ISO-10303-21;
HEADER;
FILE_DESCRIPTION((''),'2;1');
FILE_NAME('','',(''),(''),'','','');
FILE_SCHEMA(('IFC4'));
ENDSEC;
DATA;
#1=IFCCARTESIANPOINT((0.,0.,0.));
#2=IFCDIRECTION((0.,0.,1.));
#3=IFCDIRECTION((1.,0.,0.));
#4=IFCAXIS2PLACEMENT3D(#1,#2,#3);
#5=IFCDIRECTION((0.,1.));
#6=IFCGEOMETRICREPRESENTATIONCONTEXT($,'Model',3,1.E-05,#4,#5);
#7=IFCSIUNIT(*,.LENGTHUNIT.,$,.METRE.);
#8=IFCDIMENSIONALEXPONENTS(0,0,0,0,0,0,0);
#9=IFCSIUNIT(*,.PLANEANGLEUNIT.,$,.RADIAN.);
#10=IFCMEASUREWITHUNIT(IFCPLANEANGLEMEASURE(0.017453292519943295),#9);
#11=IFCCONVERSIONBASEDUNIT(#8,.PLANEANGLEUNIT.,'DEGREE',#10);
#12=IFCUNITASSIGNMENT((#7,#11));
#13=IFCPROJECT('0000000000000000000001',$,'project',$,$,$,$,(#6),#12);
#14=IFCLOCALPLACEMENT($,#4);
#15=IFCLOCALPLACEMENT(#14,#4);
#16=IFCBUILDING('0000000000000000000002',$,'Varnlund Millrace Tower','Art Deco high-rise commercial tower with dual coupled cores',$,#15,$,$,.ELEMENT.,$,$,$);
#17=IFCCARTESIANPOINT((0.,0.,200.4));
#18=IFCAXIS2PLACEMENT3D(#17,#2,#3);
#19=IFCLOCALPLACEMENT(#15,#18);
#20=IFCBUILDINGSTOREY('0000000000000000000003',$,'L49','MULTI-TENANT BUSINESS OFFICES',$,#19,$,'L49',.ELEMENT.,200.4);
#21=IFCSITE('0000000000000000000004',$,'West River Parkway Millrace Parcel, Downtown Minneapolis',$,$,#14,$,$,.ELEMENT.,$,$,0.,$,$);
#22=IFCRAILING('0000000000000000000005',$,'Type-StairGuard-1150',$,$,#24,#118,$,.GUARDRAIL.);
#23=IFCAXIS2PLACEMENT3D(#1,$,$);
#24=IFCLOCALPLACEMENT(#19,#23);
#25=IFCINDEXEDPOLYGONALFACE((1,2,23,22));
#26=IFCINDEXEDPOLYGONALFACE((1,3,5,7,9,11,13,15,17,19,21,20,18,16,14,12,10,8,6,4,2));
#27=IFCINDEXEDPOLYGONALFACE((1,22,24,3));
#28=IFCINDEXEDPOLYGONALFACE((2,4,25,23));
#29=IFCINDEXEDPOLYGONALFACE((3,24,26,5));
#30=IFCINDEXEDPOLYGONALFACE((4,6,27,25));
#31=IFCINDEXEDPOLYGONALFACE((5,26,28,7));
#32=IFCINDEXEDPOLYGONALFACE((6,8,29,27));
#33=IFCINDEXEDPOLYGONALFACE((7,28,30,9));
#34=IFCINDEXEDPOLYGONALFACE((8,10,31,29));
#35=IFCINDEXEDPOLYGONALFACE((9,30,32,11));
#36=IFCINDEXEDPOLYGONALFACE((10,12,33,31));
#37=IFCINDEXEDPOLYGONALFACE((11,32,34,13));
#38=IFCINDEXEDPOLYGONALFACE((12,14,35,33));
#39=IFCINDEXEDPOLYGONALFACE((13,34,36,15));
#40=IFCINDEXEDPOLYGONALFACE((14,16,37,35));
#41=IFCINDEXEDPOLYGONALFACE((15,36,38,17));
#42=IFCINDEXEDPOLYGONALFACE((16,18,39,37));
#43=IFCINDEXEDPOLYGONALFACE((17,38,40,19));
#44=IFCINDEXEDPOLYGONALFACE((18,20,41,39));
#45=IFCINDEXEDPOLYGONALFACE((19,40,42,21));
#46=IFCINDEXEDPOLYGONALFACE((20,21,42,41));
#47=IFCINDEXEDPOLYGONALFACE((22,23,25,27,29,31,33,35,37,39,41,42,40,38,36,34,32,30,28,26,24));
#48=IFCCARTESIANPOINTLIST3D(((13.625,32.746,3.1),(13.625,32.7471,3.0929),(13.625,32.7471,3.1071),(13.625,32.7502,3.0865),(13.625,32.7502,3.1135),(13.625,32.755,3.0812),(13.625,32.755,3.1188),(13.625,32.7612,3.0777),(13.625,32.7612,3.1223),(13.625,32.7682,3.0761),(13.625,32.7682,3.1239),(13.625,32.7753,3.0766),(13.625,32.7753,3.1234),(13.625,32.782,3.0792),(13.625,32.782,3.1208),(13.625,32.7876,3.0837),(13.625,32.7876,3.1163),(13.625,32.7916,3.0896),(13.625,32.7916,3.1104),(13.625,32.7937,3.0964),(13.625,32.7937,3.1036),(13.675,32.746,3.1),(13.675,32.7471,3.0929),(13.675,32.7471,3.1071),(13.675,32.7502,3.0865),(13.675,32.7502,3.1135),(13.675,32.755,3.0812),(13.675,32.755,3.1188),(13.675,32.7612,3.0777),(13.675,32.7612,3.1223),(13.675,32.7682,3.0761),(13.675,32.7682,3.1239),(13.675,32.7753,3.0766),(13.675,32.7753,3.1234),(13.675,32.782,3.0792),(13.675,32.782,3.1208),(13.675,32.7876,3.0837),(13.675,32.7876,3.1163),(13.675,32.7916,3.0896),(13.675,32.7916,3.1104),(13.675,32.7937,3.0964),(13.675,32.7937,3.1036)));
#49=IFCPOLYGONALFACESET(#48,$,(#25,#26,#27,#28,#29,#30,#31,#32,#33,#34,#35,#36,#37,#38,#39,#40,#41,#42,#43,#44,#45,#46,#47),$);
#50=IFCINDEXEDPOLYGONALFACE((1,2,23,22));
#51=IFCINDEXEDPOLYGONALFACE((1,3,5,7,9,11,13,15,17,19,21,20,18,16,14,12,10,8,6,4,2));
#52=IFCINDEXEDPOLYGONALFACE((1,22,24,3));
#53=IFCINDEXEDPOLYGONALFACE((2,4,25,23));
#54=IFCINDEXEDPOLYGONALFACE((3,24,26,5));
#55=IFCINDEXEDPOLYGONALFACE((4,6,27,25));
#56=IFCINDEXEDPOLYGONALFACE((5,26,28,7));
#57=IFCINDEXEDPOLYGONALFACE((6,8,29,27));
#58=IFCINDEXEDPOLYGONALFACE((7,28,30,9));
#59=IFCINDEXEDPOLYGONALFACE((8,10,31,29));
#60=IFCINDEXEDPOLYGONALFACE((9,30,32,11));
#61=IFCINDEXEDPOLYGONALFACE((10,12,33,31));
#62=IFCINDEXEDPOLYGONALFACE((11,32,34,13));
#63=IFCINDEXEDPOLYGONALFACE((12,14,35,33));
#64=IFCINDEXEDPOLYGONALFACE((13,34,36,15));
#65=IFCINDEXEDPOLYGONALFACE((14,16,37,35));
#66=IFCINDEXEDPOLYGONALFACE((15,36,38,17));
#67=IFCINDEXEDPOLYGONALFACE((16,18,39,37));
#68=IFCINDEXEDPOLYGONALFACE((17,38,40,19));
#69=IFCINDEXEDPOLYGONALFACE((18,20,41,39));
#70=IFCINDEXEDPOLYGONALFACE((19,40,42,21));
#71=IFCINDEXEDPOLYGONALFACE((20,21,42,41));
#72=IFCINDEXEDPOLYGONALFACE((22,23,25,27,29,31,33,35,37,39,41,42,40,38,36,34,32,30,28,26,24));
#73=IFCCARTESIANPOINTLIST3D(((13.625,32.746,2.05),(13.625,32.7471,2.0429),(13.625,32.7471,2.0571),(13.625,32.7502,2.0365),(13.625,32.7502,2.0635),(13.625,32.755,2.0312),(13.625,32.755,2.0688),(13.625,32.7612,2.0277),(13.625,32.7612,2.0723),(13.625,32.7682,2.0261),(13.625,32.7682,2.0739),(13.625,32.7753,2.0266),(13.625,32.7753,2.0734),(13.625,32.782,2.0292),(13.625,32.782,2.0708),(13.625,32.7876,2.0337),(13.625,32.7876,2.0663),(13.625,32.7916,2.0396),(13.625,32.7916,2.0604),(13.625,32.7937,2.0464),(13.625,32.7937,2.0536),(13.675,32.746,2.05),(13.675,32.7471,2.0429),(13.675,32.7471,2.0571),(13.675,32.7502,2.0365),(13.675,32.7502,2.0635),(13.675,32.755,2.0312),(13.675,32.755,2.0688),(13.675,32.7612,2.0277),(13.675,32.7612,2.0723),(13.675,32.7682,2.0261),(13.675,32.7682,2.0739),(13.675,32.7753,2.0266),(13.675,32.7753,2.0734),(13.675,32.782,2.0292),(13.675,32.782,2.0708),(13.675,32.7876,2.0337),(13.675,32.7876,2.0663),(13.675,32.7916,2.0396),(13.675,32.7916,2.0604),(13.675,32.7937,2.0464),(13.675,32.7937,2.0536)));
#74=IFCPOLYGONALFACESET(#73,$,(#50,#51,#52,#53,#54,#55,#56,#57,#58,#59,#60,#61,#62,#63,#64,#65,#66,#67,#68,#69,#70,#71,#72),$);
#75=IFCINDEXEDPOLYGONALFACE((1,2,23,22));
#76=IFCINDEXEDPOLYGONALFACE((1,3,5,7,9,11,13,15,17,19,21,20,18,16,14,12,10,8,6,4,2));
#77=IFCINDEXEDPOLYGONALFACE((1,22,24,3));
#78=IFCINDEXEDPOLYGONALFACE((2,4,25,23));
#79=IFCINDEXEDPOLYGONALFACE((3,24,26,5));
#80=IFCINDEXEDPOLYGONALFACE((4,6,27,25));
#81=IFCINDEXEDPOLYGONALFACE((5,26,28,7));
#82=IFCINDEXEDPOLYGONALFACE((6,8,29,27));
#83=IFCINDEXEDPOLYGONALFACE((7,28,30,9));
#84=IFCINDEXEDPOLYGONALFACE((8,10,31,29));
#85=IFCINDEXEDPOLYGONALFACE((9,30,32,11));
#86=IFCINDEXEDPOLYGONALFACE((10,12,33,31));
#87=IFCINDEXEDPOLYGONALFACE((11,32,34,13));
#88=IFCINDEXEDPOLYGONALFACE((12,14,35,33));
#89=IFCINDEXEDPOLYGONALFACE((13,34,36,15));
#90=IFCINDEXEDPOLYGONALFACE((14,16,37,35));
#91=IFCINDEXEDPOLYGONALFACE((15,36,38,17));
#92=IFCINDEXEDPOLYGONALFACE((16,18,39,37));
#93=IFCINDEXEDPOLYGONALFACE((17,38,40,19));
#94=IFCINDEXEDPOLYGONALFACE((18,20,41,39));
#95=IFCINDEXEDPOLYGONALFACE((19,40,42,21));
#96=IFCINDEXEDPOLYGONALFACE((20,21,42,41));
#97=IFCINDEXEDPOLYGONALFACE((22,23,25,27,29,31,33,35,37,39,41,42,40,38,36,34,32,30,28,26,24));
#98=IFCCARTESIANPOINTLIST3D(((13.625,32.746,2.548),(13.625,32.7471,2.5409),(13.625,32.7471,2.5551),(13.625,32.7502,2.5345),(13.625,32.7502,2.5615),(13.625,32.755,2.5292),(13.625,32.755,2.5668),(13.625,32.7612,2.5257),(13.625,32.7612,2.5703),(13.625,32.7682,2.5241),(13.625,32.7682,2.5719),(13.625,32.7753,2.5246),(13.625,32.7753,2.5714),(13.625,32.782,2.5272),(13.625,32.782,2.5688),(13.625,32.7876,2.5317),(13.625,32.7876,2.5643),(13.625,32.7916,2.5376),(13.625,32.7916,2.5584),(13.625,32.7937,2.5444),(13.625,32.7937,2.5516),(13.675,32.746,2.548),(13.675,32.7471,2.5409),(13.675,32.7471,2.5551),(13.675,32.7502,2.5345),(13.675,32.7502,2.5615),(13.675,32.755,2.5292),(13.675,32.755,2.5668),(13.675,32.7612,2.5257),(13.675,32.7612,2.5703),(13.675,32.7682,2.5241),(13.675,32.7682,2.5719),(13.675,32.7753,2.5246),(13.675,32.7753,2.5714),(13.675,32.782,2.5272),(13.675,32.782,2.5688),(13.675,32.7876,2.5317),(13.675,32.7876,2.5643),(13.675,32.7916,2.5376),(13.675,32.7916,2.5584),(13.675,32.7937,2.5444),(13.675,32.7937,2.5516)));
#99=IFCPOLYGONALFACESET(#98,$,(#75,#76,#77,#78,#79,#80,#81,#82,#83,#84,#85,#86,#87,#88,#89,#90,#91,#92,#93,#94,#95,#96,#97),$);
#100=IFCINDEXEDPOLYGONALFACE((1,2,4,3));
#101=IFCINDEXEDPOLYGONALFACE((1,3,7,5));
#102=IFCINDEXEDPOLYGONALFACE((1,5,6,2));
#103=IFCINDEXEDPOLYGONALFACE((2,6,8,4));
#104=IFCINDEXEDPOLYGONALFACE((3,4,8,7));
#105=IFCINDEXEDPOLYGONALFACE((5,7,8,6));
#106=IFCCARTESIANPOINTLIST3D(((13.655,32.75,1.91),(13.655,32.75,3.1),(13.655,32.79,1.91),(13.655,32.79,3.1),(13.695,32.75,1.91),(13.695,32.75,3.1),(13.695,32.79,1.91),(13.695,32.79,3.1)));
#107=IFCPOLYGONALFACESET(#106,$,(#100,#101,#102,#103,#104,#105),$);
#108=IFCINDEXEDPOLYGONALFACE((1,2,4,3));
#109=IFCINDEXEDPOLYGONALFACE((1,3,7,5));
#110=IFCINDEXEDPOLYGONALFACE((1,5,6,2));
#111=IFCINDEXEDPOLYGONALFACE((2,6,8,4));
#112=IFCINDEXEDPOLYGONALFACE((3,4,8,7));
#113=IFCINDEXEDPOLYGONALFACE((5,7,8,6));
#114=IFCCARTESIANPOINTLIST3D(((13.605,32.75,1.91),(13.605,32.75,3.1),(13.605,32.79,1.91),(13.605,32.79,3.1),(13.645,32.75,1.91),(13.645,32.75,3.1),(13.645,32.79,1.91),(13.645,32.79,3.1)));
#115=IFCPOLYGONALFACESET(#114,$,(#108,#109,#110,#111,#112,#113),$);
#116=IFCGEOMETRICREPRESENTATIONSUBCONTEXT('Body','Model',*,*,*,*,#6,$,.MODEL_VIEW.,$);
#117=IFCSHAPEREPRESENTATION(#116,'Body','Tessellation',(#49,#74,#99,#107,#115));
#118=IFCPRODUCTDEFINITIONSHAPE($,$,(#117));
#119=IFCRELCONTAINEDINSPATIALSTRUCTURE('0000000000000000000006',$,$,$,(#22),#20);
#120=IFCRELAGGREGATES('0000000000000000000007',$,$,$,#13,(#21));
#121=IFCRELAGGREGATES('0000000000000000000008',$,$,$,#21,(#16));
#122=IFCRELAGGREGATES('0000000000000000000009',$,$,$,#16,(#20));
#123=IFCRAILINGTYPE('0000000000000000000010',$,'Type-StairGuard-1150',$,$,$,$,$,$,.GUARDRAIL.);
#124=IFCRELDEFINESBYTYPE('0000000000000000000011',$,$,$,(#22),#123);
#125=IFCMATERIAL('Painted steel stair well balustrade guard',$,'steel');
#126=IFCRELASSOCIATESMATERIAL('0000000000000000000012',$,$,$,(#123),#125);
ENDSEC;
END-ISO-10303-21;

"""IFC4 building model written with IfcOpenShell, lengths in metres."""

from ifc_helpers import new_model, entity, si_unit, converted_unit, direction, frame, origin_with_axes, origin_2d_with_axis, place, context, subcontext, project, spatial, rectangle, circle, extrude, material, type_object, element, save


model = new_model("IFC4")

# Units and contexts
model_context = context("Model", 3, precision=1e-05, world=origin_with_axes(), true_north=direction((0.0, 1.0)))
body_context = subcontext(model_context, "Body", "Model", "MODEL_VIEW")
ifc_project = project(units=[si_unit("LENGTHUNIT", "METRE"), converted_unit("PLANEANGLEUNIT", "DEGREE", entity("IfcPlaneAngleMeasure", 0.017453292519943295), si_unit("PLANEANGLEUNIT", "RADIAN"), dimensions=[0, 0, 0, 0, 0, 0, 0])], contexts=[model_context])

# Site, building, storey
site_placement = place(None, origin_with_axes())
site = spatial("IfcSite", under=ifc_project, at=site_placement, Name="West River Parkway Millrace Parcel, Downtown Minneapolis", CompositionType="ELEMENT", RefElevation=0.0)
building_placement = place(site_placement, origin_with_axes())
building = spatial("IfcBuilding", under=site, at=building_placement, Name="Varnlund Millrace Tower", Description="Art Deco high-rise commercial tower with dual coupled cores", CompositionType="ELEMENT")
storey_placement = place(building_placement, frame((0.0, 0.0, 200.4), z_axis=(0.0, 0.0, 1.0), x_axis=(1.0, 0.0, 0.0)))
storey = spatial("IfcBuildingStorey", under=building, at=storey_placement, Name="L49", Description="MULTI-TENANT BUSINESS OFFICES", LongName="L49", CompositionType="ELEMENT", Elevation=200.4)

# Railing
ifc_material_1 = material(Name="Painted steel stair well balustrade guard", Category="steel")
railing_type_1 = type_object("IfcRailingType", Name="Type-StairGuard-1150", PredefinedType="GUARDRAIL", material=ifc_material_1)
railing_1_placement = place(storey_placement, frame((0.0, 0.0, -200.4), z_axis=(0.0, 0.0, 1.0), x_axis=(1.0, 0.0, 0.0)))
element("IfcRailing", 1, at=railing_1_placement, inside=storey, type_object=railing_type_1, Name="Type-StairGuard-1150", PredefinedType="GUARDRAIL", context=body_context, shape_type="SweptSolid", body=[
    extrude(circle(Radius=0.024, at=origin_2d_with_axis()), frame((13.675, 32.77, 203.5), z_axis=(-1.0, 0.0, 0.0), x_axis=(0.0, -1.0, 0.0)), (0.0, 0.0, 1.0), 0.05),
    extrude(circle(Radius=0.024, at=origin_2d_with_axis()), frame((13.675, 32.77, 202.45), z_axis=(-1.0, 0.0, 0.0), x_axis=(0.0, -1.0, 0.0)), (0.0, 0.0, 1.0), 0.05),
    extrude(circle(Radius=0.024, at=origin_2d_with_axis()), frame((13.675, 32.77, 202.948), z_axis=(-1.0, 0.0, 0.0), x_axis=(0.0, -1.0, 0.0)), (0.0, 0.0, 1.0), 0.05),
    extrude(rectangle(XDim=0.04, YDim=0.04, at=origin_2d_with_axis()), frame((13.675, 32.77, 202.31), z_axis=(0.0, 0.0, 1.0), x_axis=(1.0, 0.0, 0.0)), (0.0, 0.0, 1.0), 1.19),
    extrude(rectangle(XDim=0.04, YDim=0.04, at=origin_2d_with_axis()), frame((13.625, 32.77, 202.31), z_axis=(0.0, 0.0, 1.0), x_axis=(1.0, 0.0, 0.0)), (0.0, 0.0, 1.0), 1.19),
])

save(model, "model.ifc")
